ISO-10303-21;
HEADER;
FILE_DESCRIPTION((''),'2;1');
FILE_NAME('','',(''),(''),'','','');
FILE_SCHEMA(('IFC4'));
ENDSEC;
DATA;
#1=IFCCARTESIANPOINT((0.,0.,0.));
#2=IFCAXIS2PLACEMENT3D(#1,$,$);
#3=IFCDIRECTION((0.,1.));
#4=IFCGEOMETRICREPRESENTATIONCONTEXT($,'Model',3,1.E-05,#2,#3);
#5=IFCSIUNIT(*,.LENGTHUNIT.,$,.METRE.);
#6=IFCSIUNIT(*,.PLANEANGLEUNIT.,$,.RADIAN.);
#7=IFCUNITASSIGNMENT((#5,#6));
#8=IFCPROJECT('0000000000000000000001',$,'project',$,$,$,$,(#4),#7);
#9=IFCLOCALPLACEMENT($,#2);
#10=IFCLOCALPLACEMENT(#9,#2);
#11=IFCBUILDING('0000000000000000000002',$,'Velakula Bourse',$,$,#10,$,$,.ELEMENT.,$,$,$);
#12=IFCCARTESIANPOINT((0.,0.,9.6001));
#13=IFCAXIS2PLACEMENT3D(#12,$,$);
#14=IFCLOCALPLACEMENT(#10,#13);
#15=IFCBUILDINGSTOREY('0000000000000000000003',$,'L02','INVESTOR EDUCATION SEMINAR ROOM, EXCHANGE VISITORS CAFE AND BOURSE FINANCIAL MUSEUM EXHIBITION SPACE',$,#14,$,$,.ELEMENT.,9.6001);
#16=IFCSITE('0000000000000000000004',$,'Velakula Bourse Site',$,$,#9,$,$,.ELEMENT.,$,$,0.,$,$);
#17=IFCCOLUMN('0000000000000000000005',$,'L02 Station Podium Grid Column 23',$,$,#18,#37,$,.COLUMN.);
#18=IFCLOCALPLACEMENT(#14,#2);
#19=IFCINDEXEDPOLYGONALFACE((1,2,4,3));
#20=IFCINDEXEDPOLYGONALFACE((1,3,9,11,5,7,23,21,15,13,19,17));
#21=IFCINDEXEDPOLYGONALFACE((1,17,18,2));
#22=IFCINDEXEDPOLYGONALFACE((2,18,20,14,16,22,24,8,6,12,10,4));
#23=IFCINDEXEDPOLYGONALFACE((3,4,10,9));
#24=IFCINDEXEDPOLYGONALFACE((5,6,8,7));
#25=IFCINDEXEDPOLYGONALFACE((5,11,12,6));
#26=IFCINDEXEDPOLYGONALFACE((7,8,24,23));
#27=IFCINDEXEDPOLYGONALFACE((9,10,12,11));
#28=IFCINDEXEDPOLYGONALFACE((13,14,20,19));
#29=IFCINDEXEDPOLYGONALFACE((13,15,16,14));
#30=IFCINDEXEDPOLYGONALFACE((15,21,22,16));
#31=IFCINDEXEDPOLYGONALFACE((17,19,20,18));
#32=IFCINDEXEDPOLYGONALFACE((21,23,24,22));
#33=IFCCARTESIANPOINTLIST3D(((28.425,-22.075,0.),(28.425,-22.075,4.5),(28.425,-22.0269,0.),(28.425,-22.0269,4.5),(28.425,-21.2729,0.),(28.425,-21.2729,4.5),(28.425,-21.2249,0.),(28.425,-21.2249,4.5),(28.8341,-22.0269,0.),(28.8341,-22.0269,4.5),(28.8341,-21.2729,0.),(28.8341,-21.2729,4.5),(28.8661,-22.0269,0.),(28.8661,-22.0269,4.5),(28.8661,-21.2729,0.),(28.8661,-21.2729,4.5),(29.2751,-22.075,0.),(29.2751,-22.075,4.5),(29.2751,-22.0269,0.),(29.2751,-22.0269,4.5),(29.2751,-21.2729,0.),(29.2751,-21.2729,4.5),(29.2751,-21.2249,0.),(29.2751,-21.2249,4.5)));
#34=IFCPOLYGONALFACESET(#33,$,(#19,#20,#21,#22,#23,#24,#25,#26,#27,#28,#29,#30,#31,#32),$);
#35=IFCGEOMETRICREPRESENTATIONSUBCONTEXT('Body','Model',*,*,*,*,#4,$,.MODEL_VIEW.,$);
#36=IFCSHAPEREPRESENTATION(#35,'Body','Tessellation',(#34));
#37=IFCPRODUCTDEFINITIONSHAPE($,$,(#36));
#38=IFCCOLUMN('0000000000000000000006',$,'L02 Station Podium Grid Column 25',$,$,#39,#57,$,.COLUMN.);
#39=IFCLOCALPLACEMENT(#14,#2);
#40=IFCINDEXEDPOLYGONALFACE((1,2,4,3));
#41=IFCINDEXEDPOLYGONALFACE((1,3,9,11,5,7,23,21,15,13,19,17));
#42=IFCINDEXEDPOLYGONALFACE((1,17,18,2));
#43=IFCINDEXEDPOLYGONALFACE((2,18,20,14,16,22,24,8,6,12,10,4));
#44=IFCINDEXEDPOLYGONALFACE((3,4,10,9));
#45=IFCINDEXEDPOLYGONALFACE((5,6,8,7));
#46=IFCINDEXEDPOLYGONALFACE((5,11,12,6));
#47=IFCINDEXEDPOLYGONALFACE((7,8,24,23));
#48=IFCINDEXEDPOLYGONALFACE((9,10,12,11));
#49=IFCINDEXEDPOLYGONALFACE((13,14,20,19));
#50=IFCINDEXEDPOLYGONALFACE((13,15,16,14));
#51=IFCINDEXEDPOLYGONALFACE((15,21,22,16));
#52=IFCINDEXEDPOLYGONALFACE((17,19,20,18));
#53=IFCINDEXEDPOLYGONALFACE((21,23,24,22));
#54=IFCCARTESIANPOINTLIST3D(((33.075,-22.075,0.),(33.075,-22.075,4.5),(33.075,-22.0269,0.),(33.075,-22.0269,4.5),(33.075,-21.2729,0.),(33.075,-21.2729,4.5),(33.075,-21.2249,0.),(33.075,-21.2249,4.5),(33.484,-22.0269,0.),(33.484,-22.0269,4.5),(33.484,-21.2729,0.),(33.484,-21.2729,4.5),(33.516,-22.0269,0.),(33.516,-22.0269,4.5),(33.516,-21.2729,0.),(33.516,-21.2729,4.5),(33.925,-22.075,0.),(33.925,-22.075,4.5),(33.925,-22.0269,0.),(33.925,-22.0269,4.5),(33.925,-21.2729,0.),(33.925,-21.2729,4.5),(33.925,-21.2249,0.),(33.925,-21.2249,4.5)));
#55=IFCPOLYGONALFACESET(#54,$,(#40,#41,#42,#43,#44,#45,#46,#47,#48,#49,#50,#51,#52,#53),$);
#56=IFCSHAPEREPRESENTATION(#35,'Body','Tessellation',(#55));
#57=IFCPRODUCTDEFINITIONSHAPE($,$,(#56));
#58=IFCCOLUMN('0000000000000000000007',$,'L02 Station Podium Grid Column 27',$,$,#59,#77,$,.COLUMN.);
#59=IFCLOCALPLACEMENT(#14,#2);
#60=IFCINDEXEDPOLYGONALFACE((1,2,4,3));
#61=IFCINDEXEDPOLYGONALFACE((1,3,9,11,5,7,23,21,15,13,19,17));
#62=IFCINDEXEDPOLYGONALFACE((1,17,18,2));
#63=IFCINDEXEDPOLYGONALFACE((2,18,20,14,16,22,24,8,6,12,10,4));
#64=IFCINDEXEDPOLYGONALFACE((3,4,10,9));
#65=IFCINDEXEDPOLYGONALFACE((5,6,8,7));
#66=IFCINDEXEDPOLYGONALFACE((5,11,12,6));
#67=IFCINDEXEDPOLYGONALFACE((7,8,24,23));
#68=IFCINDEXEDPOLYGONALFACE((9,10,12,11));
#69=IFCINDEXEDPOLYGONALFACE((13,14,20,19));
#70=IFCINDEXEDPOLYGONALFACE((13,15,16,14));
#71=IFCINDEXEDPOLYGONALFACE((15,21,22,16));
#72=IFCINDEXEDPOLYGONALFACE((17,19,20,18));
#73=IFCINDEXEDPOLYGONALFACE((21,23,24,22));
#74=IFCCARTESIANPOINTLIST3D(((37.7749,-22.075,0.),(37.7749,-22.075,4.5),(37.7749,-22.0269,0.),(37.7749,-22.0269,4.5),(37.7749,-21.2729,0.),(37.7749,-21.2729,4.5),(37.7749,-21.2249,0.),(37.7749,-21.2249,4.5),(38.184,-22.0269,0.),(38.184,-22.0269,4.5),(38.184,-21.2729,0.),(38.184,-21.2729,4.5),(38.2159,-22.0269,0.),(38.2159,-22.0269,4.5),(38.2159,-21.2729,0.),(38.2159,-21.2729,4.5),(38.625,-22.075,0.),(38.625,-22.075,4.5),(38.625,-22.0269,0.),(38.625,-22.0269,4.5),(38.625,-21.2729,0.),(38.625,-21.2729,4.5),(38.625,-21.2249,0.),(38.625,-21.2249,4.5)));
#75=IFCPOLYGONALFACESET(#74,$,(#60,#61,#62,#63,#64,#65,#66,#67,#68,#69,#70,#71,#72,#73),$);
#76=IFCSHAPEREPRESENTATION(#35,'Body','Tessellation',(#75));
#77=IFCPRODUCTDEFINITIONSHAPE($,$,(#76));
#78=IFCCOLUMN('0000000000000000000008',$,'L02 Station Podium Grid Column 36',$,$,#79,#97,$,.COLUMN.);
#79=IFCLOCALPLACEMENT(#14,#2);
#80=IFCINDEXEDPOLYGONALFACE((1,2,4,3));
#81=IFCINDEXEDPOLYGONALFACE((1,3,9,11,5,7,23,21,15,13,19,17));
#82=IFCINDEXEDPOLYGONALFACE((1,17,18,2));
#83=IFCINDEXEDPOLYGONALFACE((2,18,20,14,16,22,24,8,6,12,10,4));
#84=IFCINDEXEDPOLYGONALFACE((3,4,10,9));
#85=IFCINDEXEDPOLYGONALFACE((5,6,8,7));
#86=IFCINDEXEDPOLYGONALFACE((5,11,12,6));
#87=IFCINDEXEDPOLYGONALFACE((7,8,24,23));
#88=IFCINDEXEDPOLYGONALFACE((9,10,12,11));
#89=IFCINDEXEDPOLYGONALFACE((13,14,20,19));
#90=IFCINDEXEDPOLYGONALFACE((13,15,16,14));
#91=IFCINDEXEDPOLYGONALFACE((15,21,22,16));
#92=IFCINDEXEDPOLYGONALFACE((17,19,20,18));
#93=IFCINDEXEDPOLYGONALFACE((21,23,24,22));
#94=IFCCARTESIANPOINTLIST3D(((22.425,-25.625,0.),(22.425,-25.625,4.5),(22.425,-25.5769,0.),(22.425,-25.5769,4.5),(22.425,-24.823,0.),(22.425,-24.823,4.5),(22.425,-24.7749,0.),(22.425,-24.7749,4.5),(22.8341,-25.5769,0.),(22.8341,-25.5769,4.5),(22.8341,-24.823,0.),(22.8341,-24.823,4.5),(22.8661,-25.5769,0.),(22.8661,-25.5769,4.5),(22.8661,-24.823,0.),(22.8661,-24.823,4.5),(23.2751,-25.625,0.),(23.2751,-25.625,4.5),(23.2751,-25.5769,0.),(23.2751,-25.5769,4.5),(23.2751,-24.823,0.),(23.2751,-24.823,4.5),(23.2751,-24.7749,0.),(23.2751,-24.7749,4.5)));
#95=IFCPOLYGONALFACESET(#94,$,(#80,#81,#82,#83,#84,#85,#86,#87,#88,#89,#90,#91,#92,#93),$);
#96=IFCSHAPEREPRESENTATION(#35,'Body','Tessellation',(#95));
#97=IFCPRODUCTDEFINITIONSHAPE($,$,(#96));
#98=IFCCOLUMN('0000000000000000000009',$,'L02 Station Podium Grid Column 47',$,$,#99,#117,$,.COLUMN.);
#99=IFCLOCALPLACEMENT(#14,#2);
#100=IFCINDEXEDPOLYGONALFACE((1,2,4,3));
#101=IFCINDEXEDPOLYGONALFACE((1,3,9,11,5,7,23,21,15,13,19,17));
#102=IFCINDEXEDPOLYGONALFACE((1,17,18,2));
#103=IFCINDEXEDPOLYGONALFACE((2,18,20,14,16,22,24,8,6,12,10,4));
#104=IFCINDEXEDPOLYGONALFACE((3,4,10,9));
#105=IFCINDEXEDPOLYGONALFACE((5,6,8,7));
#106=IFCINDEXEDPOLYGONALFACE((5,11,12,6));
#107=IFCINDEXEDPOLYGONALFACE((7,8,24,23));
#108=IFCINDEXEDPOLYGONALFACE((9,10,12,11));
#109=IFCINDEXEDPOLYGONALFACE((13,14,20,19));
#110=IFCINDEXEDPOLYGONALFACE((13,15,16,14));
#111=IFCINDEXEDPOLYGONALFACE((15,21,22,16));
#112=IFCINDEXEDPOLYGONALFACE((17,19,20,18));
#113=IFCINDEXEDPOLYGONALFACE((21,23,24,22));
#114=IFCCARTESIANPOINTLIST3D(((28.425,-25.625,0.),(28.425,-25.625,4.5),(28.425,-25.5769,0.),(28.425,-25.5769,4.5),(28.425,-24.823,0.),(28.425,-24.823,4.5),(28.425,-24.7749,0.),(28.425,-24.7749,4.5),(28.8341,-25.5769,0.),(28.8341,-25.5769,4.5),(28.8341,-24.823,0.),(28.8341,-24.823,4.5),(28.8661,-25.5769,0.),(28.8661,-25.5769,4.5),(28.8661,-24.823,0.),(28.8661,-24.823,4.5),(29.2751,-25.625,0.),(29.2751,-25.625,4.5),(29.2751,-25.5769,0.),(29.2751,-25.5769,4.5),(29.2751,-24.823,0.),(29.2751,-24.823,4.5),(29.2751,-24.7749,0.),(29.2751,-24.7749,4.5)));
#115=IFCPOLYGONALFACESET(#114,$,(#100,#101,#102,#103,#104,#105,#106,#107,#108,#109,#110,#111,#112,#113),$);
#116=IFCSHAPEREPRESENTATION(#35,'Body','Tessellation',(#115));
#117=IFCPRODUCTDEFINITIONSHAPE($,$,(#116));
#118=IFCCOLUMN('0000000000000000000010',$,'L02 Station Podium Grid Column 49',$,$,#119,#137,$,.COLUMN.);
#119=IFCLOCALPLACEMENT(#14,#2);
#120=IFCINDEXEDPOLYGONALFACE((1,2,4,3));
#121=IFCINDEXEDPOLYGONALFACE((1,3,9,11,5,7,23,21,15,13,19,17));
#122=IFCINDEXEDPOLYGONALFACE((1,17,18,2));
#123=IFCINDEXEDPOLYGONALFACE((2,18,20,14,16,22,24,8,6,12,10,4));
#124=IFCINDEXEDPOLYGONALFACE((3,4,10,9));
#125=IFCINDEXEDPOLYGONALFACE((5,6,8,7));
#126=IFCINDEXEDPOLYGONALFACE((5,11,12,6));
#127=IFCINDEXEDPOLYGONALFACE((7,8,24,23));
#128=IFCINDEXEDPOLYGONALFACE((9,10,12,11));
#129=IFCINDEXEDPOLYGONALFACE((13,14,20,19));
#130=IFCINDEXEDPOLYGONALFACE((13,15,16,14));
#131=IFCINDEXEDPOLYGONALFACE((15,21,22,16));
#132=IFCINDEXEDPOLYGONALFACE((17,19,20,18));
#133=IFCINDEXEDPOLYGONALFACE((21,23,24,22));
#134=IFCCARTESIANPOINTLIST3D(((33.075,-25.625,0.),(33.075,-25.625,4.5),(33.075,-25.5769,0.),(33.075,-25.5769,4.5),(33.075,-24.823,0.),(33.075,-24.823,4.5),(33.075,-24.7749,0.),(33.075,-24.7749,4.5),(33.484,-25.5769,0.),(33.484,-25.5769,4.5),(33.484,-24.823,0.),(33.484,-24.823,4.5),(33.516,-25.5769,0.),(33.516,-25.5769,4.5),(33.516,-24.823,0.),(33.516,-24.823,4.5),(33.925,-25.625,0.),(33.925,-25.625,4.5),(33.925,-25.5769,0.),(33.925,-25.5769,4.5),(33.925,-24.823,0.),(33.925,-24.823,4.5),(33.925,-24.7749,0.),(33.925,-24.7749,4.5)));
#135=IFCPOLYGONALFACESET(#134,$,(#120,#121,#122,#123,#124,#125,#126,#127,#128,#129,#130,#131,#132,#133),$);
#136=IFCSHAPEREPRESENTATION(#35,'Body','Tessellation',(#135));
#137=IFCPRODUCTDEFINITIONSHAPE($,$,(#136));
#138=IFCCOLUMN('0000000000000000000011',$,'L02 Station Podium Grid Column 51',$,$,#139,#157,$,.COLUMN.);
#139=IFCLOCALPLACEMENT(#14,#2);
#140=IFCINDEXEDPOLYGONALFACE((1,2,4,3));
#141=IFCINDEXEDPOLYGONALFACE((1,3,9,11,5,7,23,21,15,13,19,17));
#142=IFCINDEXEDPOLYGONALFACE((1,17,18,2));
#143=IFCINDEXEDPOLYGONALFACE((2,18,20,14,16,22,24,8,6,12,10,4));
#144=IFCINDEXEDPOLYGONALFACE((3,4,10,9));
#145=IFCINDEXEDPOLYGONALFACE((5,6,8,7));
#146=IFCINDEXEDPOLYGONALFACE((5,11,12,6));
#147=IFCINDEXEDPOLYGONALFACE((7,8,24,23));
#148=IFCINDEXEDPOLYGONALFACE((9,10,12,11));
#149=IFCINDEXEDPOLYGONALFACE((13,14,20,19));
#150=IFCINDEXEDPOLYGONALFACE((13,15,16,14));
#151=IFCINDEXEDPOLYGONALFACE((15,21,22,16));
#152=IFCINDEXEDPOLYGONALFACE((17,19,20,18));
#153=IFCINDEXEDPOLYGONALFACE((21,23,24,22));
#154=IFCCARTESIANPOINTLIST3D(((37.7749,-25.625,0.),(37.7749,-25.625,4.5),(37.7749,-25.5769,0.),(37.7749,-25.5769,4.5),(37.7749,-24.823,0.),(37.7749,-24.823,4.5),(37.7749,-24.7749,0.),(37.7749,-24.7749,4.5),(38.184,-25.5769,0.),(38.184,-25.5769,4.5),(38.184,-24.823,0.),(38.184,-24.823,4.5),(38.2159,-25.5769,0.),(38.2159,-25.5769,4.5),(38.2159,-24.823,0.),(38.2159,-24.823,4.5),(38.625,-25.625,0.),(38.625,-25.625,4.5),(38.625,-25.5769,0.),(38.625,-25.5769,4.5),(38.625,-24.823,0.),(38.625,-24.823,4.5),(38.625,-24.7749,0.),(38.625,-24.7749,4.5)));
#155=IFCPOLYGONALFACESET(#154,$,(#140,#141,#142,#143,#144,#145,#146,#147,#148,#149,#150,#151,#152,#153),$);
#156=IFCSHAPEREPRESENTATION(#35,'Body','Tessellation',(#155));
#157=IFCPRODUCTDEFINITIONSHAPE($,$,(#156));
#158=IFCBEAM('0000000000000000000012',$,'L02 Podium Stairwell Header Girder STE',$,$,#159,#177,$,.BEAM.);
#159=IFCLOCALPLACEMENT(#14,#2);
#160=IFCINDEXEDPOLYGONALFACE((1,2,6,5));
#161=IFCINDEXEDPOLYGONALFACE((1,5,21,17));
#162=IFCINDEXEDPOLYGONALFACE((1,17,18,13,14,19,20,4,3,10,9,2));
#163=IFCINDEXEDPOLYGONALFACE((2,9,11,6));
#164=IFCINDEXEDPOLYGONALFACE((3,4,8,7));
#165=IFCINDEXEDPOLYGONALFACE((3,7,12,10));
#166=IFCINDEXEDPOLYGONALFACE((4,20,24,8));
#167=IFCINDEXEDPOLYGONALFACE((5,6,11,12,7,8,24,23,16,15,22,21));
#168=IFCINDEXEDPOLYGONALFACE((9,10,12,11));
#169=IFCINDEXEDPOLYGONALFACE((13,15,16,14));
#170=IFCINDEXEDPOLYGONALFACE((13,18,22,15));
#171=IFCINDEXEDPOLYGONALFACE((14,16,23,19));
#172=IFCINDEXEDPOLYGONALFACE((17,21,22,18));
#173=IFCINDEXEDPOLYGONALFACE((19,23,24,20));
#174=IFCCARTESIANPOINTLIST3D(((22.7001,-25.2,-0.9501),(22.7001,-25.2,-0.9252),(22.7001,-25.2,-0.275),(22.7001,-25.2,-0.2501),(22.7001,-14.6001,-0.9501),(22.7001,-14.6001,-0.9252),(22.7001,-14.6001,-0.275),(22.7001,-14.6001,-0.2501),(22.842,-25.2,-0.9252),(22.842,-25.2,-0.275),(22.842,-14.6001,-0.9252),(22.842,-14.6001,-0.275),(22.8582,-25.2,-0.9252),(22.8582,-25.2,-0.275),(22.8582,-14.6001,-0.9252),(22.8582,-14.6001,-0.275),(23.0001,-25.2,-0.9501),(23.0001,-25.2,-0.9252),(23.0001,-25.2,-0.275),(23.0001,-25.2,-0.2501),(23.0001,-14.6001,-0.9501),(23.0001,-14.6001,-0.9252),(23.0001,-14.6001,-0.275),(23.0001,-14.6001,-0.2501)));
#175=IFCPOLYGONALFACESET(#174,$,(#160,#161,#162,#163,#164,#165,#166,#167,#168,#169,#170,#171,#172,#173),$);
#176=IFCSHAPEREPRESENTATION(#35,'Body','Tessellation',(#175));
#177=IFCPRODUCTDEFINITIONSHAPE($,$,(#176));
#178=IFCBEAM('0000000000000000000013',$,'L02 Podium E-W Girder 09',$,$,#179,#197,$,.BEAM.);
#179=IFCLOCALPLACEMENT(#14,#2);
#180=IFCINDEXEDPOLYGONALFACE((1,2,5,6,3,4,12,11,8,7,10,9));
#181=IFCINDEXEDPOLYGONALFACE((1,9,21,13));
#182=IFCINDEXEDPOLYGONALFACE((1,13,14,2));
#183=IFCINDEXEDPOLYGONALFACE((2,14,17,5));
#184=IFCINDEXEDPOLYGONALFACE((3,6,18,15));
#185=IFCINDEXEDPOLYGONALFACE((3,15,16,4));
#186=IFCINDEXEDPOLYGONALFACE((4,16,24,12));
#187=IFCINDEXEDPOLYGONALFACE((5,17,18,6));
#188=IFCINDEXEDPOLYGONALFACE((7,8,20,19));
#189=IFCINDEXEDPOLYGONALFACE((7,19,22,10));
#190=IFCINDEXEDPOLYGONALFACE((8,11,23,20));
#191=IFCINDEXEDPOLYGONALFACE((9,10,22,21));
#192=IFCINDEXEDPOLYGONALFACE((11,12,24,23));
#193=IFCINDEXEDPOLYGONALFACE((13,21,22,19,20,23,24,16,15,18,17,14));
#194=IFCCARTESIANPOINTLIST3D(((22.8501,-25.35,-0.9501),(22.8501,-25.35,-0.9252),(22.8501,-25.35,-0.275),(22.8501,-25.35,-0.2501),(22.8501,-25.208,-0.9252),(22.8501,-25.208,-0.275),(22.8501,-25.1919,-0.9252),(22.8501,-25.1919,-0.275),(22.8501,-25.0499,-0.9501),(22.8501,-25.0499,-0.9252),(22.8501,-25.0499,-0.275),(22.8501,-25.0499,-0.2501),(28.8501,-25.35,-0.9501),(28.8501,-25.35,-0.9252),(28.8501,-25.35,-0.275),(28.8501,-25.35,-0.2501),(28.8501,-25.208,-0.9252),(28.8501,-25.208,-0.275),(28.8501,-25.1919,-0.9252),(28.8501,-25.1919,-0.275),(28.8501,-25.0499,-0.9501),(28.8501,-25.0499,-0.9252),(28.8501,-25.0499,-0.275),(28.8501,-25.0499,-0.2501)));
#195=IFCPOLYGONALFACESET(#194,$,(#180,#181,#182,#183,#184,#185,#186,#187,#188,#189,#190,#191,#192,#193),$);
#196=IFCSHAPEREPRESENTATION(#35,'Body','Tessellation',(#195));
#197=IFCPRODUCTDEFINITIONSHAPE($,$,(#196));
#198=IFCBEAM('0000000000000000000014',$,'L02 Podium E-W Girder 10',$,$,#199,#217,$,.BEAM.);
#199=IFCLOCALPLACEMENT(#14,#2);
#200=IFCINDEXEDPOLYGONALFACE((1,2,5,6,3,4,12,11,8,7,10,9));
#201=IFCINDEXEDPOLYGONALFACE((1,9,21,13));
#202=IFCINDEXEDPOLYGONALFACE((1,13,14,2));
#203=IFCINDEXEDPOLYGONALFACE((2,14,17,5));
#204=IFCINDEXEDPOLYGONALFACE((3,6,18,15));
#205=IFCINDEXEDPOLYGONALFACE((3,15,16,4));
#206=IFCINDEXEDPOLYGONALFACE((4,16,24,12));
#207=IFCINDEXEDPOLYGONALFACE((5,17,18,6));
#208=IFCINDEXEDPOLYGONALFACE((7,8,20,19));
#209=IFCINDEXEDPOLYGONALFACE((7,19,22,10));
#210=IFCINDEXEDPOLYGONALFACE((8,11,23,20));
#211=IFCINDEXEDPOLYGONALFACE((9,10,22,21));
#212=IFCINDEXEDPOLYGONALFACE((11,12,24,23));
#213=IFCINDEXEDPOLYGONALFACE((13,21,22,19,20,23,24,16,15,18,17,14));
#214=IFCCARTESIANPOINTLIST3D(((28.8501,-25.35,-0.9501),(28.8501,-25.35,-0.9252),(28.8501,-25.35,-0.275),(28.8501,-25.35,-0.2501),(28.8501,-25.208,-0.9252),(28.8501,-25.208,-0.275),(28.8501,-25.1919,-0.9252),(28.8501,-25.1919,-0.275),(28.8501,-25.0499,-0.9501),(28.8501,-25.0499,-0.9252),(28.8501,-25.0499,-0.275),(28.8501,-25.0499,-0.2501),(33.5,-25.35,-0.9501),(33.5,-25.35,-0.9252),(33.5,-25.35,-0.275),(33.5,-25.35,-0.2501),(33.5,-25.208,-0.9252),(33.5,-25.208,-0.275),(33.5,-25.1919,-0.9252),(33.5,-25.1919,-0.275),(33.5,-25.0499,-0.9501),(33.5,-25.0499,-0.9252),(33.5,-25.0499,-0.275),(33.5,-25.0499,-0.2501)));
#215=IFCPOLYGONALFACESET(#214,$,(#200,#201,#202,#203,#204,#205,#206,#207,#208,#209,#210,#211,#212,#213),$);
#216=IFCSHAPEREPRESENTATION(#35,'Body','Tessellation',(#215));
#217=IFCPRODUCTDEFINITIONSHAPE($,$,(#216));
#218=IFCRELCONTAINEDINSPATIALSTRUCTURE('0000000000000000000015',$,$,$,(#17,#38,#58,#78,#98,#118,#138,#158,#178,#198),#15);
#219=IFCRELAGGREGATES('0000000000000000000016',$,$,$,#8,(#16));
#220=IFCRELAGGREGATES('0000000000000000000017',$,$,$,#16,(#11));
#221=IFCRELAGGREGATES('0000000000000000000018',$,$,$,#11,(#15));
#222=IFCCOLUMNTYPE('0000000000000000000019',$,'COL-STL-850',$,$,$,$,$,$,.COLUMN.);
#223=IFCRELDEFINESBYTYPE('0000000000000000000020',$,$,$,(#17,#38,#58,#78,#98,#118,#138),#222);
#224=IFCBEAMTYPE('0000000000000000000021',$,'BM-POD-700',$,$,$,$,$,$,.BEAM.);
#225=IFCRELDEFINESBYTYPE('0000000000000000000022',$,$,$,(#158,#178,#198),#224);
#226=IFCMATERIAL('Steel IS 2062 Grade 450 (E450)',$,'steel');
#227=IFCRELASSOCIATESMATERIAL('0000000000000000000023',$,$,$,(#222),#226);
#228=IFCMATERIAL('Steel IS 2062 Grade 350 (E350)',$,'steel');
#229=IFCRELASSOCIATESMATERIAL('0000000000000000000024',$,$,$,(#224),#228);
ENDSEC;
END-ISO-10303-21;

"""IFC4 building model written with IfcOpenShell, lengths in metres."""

from ifc_helpers import new_model, si_unit, direction, frame, origin, origin_2d, place, context, subcontext, project, spatial, i_section, extrude, material, material_profile, profile_set, type_object, element, save


model = new_model("IFC4")

# Units and contexts
model_context = context("Model", 3, precision=1e-05, world=origin(), true_north=direction((0.0, 1.0)))
body_context = subcontext(model_context, "Body", "Model", "MODEL_VIEW")
ifc_project = project(units=[si_unit("LENGTHUNIT", "METRE"), si_unit("PLANEANGLEUNIT", "RADIAN")], contexts=[model_context])

# Site, building, storey
site_placement = place(None, origin())
site = spatial("IfcSite", under=ifc_project, at=site_placement, Name="Velakula Bourse Site", CompositionType="ELEMENT", RefElevation=0.0)
building_placement = place(site_placement, origin())
building = spatial("IfcBuilding", under=site, at=building_placement, Name="Velakula Bourse", CompositionType="ELEMENT")
storey_placement = place(building_placement, frame((0.0, 0.0, 9.6001)))
storey = spatial("IfcBuildingStorey", under=building, at=storey_placement, Name="L02", Description="INVESTOR EDUCATION SEMINAR ROOM, EXCHANGE VISITORS CAFE AND BOURSE FINANCIAL MUSEUM EXHIBITION SPACE", CompositionType="ELEMENT", Elevation=9.6001)

# Columns
ifc_material_1 = material(Name="Steel IS 2062 Grade 450 (E450)", Category="steel")
ifc_material_profile_1 = material_profile(ifc_material_1, i_section(OverallWidth=0.8501, OverallDepth=0.8501, WebThickness=0.032, FlangeThickness=0.0481, at=origin_2d()), Name="Steel IS 2062 Grade 450 (E450)")
ifc_profile_set_1 = profile_set([ifc_material_profile_1], Name="Steel IS 2062 Grade 450 (E450)")
column_type = type_object("IfcColumnType", Name="COL-STL-850", PredefinedType="COLUMN", material=ifc_profile_set_1)
for number, where, z_axis, x_axis, name in (
    (1, (28.8501, -21.6499, 0.0), (0.0, 0.0, 1.0), (1.0, 0.0, 0.0), "L02 Station Podium Grid Column 23"),
    (2, (33.5, -21.6499, 0.0), (0.0, 0.0, 1.0), (1.0, 0.0, 0.0), "L02 Station Podium Grid Column 25"),
    (3, (38.2, -21.6499, 0.0), (0.0, 0.0, 1.0), (1.0, 0.0, 0.0), "L02 Station Podium Grid Column 27"),
    (4, (22.8501, -25.2, 0.0), (0.0, 0.0, 1.0), (1.0, 0.0, 0.0), "L02 Station Podium Grid Column 36"),
    (5, (28.8501, -25.2, 0.0), (0.0, 0.0, 1.0), (1.0, 0.0, 0.0), "L02 Station Podium Grid Column 47"),
    (6, (33.5, -25.2, 0.0), (0.0, 0.0, 1.0), (1.0, 0.0, 0.0), "L02 Station Podium Grid Column 49"),
    (7, (38.2, -25.2, 0.0), (0.0, 0.0, 1.0), (1.0, 0.0, 0.0), "L02 Station Podium Grid Column 51"),
):
    element("IfcColumn", number, at=place(storey_placement, frame(where, z_axis=z_axis, x_axis=x_axis)), inside=storey, type_object=column_type, Name=name, PredefinedType="COLUMN", context=body_context, shape_type="SweptSolid", body=[
        extrude(i_section(OverallWidth=0.8501, OverallDepth=0.8501, WebThickness=0.032, FlangeThickness=0.0481, at=origin_2d()), origin(), (0.0, 0.0, 1.0), 4.5),
    ])

# Beams
ifc_material_2 = material(Name="Steel IS 2062 Grade 350 (E350)", Category="steel")
ifc_material_profile_2 = material_profile(ifc_material_2, i_section(OverallWidth=0.3, OverallDepth=0.7, WebThickness=0.0161, FlangeThickness=0.0249, at=origin_2d()), Name="Steel IS 2062 Grade 350 (E350)")
ifc_profile_set_2 = profile_set([ifc_material_profile_2], Name="Steel IS 2062 Grade 350 (E350)")
beam_type_1 = type_object("IfcBeamType", Name="BM-POD-700", PredefinedType="BEAM", material=ifc_profile_set_2)
beam_1_placement = place(storey_placement, frame((22.8501, -25.2, -0.6001), z_axis=(0.0, 1.0, 0.0), x_axis=(-1.0, 0.0, 0.0)))
element("IfcBeam", 8, at=beam_1_placement, inside=storey, type_object=beam_type_1, Name="L02 Podium Stairwell Header Girder STE", PredefinedType="BEAM", context=body_context, shape_type="SweptSolid", body=[
    extrude(i_section(OverallWidth=0.3, OverallDepth=0.7, WebThickness=0.0161, FlangeThickness=0.0249, at=origin_2d()), origin(), (0.0, 0.0, 1.0), 10.5999),
])
beam_2_placement = place(storey_placement, frame((22.8501, -25.2, -0.6001), z_axis=(1.0, 0.0, 0.0), x_axis=(0.0, 1.0, 0.0)))
element("IfcBeam", 9, at=beam_2_placement, inside=storey, type_object=beam_type_1, Name="L02 Podium E-W Girder 09", PredefinedType="BEAM", context=body_context, shape_type="SweptSolid", body=[
    extrude(i_section(OverallWidth=0.3, OverallDepth=0.7, WebThickness=0.0161, FlangeThickness=0.0249, at=origin_2d()), origin(), (0.0, 0.0, 1.0), 6.0),
])
beam_3_placement = place(storey_placement, frame((28.8501, -25.2, -0.6001), z_axis=(1.0, 0.0, 0.0), x_axis=(0.0, 1.0, 0.0)))
element("IfcBeam", 10, at=beam_3_placement, inside=storey, type_object=beam_type_1, Name="L02 Podium E-W Girder 10", PredefinedType="BEAM", context=body_context, shape_type="SweptSolid", body=[
    extrude(i_section(OverallWidth=0.3, OverallDepth=0.7, WebThickness=0.0161, FlangeThickness=0.0249, at=origin_2d()), origin(), (0.0, 0.0, 1.0), 4.6499),
])

save(model, "model.ifc")
